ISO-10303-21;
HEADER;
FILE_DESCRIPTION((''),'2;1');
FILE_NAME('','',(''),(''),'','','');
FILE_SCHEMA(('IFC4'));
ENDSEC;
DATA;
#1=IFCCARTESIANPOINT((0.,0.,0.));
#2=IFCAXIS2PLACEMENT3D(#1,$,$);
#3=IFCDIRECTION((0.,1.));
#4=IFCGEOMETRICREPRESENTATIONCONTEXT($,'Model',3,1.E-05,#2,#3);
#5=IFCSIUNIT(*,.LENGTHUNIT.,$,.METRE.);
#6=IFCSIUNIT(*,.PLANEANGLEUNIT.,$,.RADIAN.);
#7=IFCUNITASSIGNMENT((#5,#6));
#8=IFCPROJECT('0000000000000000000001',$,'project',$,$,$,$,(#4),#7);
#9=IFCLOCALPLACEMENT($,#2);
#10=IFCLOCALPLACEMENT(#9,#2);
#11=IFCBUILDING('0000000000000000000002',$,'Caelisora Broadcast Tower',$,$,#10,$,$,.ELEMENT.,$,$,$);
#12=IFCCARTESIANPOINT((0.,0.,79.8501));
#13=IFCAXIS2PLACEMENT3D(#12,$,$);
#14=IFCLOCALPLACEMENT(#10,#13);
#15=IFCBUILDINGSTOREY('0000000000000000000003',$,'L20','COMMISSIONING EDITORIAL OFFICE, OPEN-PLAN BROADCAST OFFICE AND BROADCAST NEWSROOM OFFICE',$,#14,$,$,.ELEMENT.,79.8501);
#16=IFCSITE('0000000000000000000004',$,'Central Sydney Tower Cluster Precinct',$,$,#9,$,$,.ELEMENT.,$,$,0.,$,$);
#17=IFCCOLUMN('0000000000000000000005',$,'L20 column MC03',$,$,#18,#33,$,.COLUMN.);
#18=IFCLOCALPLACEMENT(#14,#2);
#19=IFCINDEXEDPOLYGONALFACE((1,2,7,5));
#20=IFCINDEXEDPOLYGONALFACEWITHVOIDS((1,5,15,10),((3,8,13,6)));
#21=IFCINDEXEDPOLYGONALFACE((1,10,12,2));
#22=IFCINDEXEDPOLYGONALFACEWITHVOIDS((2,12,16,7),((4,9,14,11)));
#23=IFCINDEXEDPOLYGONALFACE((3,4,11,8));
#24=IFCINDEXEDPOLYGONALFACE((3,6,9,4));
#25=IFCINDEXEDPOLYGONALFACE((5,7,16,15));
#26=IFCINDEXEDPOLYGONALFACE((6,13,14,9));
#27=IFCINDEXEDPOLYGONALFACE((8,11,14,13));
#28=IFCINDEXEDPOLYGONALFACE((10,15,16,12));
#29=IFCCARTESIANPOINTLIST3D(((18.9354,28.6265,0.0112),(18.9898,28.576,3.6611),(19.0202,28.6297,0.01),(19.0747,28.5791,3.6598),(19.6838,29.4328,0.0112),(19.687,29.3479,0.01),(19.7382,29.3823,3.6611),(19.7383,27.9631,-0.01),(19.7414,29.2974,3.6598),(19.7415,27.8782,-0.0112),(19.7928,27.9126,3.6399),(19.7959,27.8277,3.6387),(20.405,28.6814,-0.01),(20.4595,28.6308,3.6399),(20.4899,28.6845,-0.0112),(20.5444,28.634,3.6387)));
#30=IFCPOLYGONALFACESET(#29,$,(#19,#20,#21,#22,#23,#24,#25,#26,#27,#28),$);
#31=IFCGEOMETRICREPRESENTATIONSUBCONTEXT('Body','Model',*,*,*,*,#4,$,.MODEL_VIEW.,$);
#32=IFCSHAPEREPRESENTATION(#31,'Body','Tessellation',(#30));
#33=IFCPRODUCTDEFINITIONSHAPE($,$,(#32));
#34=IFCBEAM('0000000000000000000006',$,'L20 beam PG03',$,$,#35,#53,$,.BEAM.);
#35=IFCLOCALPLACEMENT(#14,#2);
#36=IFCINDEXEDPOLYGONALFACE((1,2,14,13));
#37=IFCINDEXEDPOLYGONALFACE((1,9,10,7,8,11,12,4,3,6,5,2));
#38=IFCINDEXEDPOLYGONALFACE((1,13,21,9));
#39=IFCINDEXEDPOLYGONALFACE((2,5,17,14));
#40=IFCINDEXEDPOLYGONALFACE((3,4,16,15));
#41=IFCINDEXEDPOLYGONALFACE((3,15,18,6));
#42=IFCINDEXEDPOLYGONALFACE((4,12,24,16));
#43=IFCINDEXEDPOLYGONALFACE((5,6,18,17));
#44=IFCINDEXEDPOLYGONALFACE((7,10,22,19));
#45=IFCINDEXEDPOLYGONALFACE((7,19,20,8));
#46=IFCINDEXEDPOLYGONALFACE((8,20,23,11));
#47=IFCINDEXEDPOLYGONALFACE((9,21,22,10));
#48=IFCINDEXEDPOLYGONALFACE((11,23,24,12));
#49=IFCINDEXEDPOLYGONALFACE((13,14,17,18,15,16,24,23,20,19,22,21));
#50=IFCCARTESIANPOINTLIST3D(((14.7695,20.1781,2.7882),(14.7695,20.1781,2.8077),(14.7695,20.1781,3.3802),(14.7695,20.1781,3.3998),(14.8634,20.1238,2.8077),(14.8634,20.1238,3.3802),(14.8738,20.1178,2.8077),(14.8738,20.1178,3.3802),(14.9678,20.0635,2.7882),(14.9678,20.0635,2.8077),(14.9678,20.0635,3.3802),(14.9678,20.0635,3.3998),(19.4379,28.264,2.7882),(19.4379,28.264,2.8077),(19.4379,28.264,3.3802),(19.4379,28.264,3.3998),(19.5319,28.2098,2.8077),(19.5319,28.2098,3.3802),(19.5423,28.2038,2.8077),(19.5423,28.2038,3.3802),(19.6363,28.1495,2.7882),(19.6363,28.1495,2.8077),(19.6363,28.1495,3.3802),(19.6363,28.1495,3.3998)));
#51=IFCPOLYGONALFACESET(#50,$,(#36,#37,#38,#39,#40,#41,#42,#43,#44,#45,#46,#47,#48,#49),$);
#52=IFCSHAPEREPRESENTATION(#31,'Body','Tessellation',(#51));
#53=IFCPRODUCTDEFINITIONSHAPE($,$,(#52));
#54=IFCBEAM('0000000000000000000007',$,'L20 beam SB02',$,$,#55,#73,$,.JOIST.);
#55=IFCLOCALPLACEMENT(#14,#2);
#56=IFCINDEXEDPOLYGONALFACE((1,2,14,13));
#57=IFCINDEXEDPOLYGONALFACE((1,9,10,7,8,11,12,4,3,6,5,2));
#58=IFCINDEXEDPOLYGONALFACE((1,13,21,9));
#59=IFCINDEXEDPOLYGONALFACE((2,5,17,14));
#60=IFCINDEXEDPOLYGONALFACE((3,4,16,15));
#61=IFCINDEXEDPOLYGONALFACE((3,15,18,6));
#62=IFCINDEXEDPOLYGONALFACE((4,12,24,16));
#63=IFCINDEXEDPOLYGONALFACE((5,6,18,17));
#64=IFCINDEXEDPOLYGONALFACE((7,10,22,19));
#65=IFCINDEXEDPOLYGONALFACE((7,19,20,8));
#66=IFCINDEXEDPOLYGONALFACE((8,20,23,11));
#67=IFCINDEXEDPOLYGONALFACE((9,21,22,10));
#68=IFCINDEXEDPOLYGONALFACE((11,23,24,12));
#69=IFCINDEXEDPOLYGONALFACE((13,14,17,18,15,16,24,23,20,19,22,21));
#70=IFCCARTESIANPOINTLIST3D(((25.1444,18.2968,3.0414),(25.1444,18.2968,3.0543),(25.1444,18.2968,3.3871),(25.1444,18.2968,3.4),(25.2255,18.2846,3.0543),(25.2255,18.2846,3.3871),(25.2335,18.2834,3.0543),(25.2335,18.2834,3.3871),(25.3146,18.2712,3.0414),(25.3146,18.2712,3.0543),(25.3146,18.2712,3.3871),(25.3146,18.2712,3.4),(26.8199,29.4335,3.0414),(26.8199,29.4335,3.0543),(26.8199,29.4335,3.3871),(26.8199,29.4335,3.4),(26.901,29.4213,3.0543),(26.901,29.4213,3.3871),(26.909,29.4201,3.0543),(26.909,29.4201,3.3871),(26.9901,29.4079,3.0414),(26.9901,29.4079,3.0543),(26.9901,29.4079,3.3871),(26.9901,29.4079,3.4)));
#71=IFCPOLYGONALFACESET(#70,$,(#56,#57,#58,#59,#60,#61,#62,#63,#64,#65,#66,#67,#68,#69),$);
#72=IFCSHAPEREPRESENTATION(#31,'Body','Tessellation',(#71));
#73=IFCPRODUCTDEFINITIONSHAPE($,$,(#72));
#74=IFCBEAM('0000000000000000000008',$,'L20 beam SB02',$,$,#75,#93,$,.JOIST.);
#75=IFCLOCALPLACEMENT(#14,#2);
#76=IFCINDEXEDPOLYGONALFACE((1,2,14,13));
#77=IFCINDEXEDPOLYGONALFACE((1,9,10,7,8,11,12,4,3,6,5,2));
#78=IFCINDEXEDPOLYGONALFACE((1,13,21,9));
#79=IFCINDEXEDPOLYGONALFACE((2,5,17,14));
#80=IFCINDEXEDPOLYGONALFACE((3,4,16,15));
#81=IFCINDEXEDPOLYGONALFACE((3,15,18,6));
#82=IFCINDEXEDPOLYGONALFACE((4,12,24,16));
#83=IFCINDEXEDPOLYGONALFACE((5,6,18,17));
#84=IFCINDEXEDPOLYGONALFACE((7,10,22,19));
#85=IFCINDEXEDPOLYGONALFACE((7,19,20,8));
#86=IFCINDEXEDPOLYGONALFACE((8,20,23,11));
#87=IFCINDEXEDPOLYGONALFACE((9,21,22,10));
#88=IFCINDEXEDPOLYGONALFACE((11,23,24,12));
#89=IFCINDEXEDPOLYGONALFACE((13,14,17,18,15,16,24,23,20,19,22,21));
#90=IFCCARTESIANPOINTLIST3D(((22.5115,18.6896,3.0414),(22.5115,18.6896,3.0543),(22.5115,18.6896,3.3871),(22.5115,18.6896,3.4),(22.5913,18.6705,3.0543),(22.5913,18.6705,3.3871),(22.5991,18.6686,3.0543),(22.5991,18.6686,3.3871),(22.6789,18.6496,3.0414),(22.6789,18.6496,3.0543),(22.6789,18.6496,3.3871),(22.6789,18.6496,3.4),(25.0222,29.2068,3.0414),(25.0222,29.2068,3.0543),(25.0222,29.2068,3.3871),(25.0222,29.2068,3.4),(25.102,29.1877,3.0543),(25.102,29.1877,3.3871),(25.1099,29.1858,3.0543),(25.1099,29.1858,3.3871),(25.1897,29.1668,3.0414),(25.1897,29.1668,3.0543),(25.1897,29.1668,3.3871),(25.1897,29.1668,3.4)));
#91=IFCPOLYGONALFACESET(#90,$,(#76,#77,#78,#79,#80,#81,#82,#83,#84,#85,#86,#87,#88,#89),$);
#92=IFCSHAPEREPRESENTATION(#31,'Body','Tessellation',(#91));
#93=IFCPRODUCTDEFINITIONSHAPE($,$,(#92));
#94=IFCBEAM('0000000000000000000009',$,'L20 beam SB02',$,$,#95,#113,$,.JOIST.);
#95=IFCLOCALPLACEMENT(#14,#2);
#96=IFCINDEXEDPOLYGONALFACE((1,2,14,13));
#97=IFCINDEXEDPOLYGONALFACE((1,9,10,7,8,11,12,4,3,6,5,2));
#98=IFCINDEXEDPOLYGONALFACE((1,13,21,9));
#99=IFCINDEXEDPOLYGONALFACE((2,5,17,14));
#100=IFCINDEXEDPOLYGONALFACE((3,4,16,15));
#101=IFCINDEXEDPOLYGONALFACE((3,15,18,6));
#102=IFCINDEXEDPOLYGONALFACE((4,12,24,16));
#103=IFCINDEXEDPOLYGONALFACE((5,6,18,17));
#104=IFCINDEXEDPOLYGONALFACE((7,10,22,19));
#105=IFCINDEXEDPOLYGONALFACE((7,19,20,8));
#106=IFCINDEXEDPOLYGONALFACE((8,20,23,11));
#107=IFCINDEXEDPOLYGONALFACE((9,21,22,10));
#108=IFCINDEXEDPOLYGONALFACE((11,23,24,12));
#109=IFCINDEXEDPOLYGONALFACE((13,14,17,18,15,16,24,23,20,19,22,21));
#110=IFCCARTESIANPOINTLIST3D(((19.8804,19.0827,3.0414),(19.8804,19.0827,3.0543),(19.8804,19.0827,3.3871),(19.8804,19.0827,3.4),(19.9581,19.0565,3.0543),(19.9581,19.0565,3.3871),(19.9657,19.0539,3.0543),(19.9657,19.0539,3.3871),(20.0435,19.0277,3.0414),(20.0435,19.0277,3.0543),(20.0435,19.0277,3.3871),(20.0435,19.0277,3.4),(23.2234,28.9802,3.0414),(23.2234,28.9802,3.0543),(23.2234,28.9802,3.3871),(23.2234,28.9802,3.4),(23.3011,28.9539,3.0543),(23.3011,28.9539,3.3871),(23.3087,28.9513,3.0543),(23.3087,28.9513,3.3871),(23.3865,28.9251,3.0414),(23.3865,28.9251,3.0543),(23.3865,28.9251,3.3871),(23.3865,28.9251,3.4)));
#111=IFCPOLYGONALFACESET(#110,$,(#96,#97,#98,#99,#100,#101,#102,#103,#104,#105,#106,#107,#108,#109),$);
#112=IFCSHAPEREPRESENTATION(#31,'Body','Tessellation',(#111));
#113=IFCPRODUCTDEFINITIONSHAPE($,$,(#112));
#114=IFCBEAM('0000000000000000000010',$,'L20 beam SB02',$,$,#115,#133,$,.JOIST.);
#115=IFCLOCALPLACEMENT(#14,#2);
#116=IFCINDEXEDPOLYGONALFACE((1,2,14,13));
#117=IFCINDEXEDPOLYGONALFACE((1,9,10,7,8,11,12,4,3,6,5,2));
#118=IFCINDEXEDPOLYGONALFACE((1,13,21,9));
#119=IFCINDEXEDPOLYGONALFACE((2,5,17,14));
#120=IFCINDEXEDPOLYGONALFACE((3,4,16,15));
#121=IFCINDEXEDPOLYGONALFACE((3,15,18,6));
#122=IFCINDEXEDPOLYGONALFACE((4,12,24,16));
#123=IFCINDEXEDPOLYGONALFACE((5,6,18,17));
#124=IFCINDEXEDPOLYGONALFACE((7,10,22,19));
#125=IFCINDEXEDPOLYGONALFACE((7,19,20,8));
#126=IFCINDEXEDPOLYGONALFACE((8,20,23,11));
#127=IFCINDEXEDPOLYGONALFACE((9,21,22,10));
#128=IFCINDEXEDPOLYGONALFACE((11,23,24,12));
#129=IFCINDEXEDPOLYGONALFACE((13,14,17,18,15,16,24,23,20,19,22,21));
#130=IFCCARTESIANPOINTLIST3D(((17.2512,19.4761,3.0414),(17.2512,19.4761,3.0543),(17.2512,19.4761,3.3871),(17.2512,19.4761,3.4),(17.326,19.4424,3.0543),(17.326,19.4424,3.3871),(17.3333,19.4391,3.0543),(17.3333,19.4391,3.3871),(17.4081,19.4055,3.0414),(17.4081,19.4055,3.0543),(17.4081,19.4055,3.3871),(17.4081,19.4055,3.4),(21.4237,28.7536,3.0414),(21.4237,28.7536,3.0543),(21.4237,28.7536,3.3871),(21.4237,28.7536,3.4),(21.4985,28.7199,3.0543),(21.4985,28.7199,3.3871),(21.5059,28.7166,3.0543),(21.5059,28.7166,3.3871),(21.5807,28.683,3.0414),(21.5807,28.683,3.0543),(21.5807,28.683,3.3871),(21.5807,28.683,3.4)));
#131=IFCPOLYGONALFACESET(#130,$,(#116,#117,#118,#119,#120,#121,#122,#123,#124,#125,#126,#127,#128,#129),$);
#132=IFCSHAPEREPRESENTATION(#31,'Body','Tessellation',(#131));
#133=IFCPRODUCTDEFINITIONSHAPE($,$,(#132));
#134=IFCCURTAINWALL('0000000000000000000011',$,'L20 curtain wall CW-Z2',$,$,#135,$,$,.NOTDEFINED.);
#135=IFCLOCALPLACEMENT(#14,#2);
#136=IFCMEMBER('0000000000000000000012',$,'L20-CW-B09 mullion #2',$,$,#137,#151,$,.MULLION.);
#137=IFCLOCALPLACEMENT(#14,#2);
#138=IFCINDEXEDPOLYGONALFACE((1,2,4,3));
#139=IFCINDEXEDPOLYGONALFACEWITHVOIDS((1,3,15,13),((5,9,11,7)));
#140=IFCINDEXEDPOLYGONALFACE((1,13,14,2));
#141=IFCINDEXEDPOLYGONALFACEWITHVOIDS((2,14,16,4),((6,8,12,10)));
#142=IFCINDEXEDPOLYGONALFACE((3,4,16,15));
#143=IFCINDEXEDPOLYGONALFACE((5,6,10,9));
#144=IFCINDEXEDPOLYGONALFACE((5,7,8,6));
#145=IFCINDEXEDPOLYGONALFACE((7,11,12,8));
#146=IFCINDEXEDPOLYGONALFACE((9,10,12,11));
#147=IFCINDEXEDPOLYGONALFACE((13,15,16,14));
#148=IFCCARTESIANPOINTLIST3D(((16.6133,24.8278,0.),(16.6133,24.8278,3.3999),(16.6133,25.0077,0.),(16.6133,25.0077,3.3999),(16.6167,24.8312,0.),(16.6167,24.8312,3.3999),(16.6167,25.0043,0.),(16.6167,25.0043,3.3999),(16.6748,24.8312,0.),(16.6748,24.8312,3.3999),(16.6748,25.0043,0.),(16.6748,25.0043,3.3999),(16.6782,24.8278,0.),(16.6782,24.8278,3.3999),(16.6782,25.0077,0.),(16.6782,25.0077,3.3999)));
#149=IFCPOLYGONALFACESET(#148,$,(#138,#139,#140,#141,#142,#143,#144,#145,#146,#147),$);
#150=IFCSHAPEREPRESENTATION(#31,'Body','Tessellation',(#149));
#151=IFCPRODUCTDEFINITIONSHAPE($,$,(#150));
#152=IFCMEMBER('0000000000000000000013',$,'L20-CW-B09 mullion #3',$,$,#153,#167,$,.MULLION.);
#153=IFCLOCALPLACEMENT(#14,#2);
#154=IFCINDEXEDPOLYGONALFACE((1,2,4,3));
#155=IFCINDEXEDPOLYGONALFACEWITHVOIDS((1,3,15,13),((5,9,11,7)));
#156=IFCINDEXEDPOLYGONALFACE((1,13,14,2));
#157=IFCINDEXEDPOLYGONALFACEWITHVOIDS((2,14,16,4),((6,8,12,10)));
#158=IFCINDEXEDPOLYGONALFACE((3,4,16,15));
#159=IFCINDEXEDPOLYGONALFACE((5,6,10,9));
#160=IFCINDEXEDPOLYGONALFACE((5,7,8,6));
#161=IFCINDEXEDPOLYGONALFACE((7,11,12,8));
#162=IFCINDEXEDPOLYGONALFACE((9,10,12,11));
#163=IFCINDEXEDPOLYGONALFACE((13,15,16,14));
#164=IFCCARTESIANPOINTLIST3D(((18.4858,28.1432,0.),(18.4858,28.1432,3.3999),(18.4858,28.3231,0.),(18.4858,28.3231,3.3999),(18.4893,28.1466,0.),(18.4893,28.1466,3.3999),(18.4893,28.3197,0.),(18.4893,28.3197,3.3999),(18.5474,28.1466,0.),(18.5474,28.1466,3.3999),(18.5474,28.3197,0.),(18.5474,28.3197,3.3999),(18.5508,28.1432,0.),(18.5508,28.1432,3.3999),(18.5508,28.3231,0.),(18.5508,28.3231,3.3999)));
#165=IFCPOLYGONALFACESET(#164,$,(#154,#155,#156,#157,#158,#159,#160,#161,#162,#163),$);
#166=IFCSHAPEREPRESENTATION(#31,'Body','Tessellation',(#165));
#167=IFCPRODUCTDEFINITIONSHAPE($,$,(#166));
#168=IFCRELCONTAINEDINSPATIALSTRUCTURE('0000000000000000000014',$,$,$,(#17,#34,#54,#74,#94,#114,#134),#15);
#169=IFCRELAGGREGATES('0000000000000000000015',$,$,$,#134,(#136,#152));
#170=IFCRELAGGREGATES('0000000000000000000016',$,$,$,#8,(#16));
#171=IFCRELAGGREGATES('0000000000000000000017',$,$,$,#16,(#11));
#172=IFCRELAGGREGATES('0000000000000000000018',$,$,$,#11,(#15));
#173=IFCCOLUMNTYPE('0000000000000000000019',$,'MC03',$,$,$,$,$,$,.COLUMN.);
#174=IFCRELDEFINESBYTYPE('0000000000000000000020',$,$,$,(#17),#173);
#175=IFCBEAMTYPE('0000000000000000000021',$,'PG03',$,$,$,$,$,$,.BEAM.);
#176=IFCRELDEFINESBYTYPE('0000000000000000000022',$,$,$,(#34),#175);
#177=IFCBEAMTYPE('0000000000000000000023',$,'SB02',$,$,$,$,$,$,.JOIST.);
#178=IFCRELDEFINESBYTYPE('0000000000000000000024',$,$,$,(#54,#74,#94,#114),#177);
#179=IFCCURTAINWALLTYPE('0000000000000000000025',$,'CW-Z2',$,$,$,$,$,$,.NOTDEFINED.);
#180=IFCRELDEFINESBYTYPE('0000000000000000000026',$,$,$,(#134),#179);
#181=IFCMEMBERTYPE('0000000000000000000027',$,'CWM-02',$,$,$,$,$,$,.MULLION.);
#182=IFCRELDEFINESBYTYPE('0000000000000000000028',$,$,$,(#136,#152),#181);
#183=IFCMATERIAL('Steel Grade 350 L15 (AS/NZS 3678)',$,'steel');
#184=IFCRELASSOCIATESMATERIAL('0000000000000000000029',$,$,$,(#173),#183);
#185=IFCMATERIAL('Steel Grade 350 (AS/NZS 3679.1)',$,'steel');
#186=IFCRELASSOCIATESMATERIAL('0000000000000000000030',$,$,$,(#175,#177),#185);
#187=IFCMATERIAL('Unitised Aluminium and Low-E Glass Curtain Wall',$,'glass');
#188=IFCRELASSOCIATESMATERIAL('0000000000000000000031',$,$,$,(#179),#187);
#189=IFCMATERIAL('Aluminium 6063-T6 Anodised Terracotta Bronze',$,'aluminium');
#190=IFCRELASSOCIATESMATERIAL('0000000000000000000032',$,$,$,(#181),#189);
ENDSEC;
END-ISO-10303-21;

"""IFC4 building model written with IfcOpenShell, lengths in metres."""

from ifc_helpers import new_model, si_unit, direction, frame, origin, origin_2d, place, context, subcontext, project, spatial, hollow_rectangle, i_section, extrude, source, transform, mapped, material, material_profile, profile_set, type_object, type_shapes, element, aggregate, save


model = new_model("IFC4")

# Units and contexts
model_context = context("Model", 3, precision=1e-05, world=origin(), true_north=direction((0.0, 1.0)))
body_context = subcontext(model_context, "Body", "Model", "MODEL_VIEW")
ifc_project = project(units=[si_unit("LENGTHUNIT", "METRE"), si_unit("PLANEANGLEUNIT", "RADIAN")], contexts=[model_context])

# Site, building, storey
site_placement = place(None, origin())
site = spatial("IfcSite", under=ifc_project, at=site_placement, Name="Central Sydney Tower Cluster Precinct", CompositionType="ELEMENT", RefElevation=0.0)
building_placement = place(site_placement, origin())
building = spatial("IfcBuilding", under=site, at=building_placement, Name="Caelisora Broadcast Tower", CompositionType="ELEMENT")
storey_placement = place(building_placement, frame((0.0, 0.0, 79.8501)))
storey = spatial("IfcBuildingStorey", under=building, at=storey_placement, Name="L20", Description="COMMISSIONING EDITORIAL OFFICE, OPEN-PLAN BROADCAST OFFICE AND BROADCAST NEWSROOM OFFICE", CompositionType="ELEMENT", Elevation=79.8501)

# Column
ifc_material_1 = material(Name="Steel Grade 350 L15 (AS/NZS 3678)", Category="steel")
ifc_material_profile_1 = material_profile(ifc_material_1, hollow_rectangle(XDim=1.1001, YDim=1.1001, WallThickness=0.0601, at=origin_2d()), Name="Steel Grade 350 L15 (AS/NZS 3678)")
ifc_profile_set_1 = profile_set([ifc_material_profile_1], Name="Steel Grade 350 L15 (AS/NZS 3678)")
column_type = type_object("IfcColumnType", Name="MC03", PredefinedType="COLUMN", material=ifc_profile_set_1)
shared_shape_1 = source(origin(), body_context, "Body", "SweptSolid", [
    extrude(hollow_rectangle(XDim=1.1001, YDim=1.1001, WallThickness=0.0601, at=origin_2d()), origin(), (0.0, 0.0, 1.0), 3.6506),
])
type_shapes(column_type, [shared_shape_1])
column_placement = place(storey_placement, frame((19.7126, 28.6555, 0.0), z_axis=(0.014913, -0.013843, 0.999793), x_axis=(0.680325, 0.732911, 0.0)))
element("IfcColumn", 1, at=column_placement, inside=storey, type_object=column_type, Name="L20 column MC03", PredefinedType="COLUMN", context=body_context, shape_type="MappedRepresentation", body=[
    mapped(shared_shape_1, transform((0.0, 0.0, 0.0), scale=1.0)),
])

# Beams
ifc_material_2 = material(Name="Steel Grade 350 (AS/NZS 3679.1)", Category="steel")
ifc_material_profile_2 = material_profile(ifc_material_2, i_section(OverallWidth=0.229, OverallDepth=0.6116, WebThickness=0.012, FlangeThickness=0.0195, at=origin_2d()), Name="Steel Grade 350 (AS/NZS 3679.1)")
ifc_profile_set_2 = profile_set([ifc_material_profile_2], Name="Steel Grade 350 (AS/NZS 3679.1)")
beam_type_1 = type_object("IfcBeamType", Name="PG03", PredefinedType="BEAM", material=ifc_profile_set_2)
shared_shape_2 = source(origin(), body_context, "Body", "SweptSolid", [
    extrude(i_section(OverallWidth=0.229, OverallDepth=0.6116, WebThickness=0.012, FlangeThickness=0.0195, at=origin_2d()), origin(), (0.0, 0.0, 1.0), 9.3369),
])
type_shapes(beam_type_1, [shared_shape_2])
beam_1_placement = place(storey_placement, frame((19.5371, 28.2068, 3.094), z_axis=(-0.500003, -0.866024, 0.0), x_axis=(0.866024, -0.500003, 0.0)))
element("IfcBeam", 2, at=beam_1_placement, inside=storey, type_object=beam_type_1, Name="L20 beam PG03", PredefinedType="BEAM", context=body_context, shape_type="MappedRepresentation", body=[
    mapped(shared_shape_2, transform((0.0, 0.0, 0.0), scale=1.0)),
])
ifc_material_profile_3 = material_profile(ifc_material_2, i_section(OverallWidth=0.1721, OverallDepth=0.3586, WebThickness=0.0081, FlangeThickness=0.0129, at=origin_2d()), Name="Steel Grade 350 (AS/NZS 3679.1)")
ifc_profile_set_3 = profile_set([ifc_material_profile_3], Name="Steel Grade 350 (AS/NZS 3679.1)")
beam_type_2 = type_object("IfcBeamType", Name="SB02", PredefinedType="JOIST", material=ifc_profile_set_3)
shared_shape_3 = source(origin(), body_context, "Body", "SweptSolid", [
    extrude(i_section(OverallWidth=0.1721, OverallDepth=0.3586, WebThickness=0.0081, FlangeThickness=0.0129, at=origin_2d()), origin(), (0.0, 0.0, 1.0), 11.262),
])
beam_2_placement = place(storey_placement, frame((26.905, 29.4207, 3.2207), z_axis=(-0.148777, -0.988871, 0.0), x_axis=(0.988871, -0.148777, 0.0)))
element("IfcBeam", 3, at=beam_2_placement, inside=storey, type_object=beam_type_2, Name="L20 beam SB02", PredefinedType="JOIST", context=body_context, shape_type="MappedRepresentation", body=[
    mapped(shared_shape_3, transform((0.0, 0.0, 0.0), scale=1.0)),
])
shared_shape_4 = source(origin(), body_context, "Body", "SweptSolid", [
    extrude(i_section(OverallWidth=0.1721, OverallDepth=0.3586, WebThickness=0.0081, FlangeThickness=0.0129, at=origin_2d()), origin(), (0.0, 0.0, 1.0), 10.8127),
])
beam_3_placement = place(storey_placement, frame((25.106, 29.1868, 3.2207), z_axis=(-0.232205, -0.972667, 0.0), x_axis=(0.972667, -0.232205, 0.0)))
element("IfcBeam", 4, at=beam_3_placement, inside=storey, type_object=beam_type_2, Name="L20 beam SB02", PredefinedType="JOIST", context=body_context, shape_type="MappedRepresentation", body=[
    mapped(shared_shape_4, transform((0.0, 0.0, 0.0), scale=1.0)),
])
shared_shape_5 = source(origin(), body_context, "Body", "SweptSolid", [
    extrude(i_section(OverallWidth=0.1721, OverallDepth=0.3586, WebThickness=0.0081, FlangeThickness=0.0129, at=origin_2d()), origin(), (0.0, 0.0, 1.0), 10.4468),
])
beam_4_placement = place(storey_placement, frame((23.3049, 28.9526, 3.2207), z_axis=(-0.320004, -0.947416, 0.0), x_axis=(0.947416, -0.320004, 0.0)))
element("IfcBeam", 5, at=beam_4_placement, inside=storey, type_object=beam_type_2, Name="L20 beam SB02", PredefinedType="JOIST", context=body_context, shape_type="MappedRepresentation", body=[
    mapped(shared_shape_5, transform((0.0, 0.0, 0.0), scale=1.0)),
])
shared_shape_6 = source(origin(), body_context, "Body", "SweptSolid", [
    extrude(i_section(OverallWidth=0.1721, OverallDepth=0.3586, WebThickness=0.0081, FlangeThickness=0.0129, at=origin_2d()), origin(), (0.0, 0.0, 1.0), 10.1726),
])
type_shapes(beam_type_2, [shared_shape_3, shared_shape_4, shared_shape_5, shared_shape_6])
beam_5_placement = place(storey_placement, frame((21.5022, 28.7183, 3.2207), z_axis=(-0.410176, -0.912006, 0.0), x_axis=(0.912006, -0.410176, 0.0)))
element("IfcBeam", 6, at=beam_5_placement, inside=storey, type_object=beam_type_2, Name="L20 beam SB02", PredefinedType="JOIST", context=body_context, shape_type="MappedRepresentation", body=[
    mapped(shared_shape_6, transform((0.0, 0.0, 0.0), scale=1.0)),
])

# Curtain wall, members
ifc_material_3 = material(Name="Unitised Aluminium and Low-E Glass Curtain Wall", Category="glass")
curtain_wall_type_1 = type_object("IfcCurtainWallType", Name="CW-Z2", PredefinedType="NOTDEFINED", material=ifc_material_3)
curtain_wall_1_placement = place(storey_placement, origin())
curtain_wall_1 = element("IfcCurtainWall", 7, at=curtain_wall_1_placement, inside=storey, type_object=curtain_wall_type_1, Name="L20 curtain wall CW-Z2", PredefinedType="NOTDEFINED")
ifc_material_4 = material(Name="Aluminium 6063-T6 Anodised Terracotta Bronze", Category="aluminium")
ifc_material_profile_4 = material_profile(ifc_material_4, hollow_rectangle(XDim=0.0649, YDim=0.1799, WallThickness=0.0034, at=origin_2d()), Name="Aluminium 6063-T6 Anodised Terracotta Bronze")
ifc_profile_set_4 = profile_set([ifc_material_profile_4], Name="Aluminium 6063-T6 Anodised Terracotta Bronze")
member_type_1 = type_object("IfcMemberType", Name="CWM-02", PredefinedType="MULLION", material=ifc_profile_set_4)
shared_shape_7 = source(origin(), body_context, "Body", "SweptSolid", [
    extrude(hollow_rectangle(XDim=0.0649, YDim=0.1799, WallThickness=0.0034, at=origin_2d()), origin(), (0.0, 0.0, 1.0), 3.3999),
])
type_shapes(member_type_1, [shared_shape_7])
member_1_placement = place(storey_placement, frame((16.6458, 24.9177, 0.0), z_axis=(0.0, 0.0, 1.0), x_axis=(1.0, 0.0, 0.0)))
member_1 = element("IfcMember", 8, at=member_1_placement, type_object=member_type_1, Name="L20-CW-B09 mullion #2", PredefinedType="MULLION", context=body_context, shape_type="MappedRepresentation", body=[
    mapped(shared_shape_7, transform((0.0, 0.0, 0.0), scale=1.0)),
])
member_2_placement = place(storey_placement, frame((18.5183, 28.2332, 0.0), z_axis=(0.0, 0.0, 1.0), x_axis=(1.0, 0.0, 0.0)))
member_2 = element("IfcMember", 9, at=member_2_placement, type_object=member_type_1, Name="L20-CW-B09 mullion #3", PredefinedType="MULLION", context=body_context, shape_type="MappedRepresentation", body=[
    mapped(shared_shape_7, transform((0.0, 0.0, 0.0), scale=1.0)),
])

aggregate(curtain_wall_1, [member_1, member_2])

save(model, "model.ifc")
